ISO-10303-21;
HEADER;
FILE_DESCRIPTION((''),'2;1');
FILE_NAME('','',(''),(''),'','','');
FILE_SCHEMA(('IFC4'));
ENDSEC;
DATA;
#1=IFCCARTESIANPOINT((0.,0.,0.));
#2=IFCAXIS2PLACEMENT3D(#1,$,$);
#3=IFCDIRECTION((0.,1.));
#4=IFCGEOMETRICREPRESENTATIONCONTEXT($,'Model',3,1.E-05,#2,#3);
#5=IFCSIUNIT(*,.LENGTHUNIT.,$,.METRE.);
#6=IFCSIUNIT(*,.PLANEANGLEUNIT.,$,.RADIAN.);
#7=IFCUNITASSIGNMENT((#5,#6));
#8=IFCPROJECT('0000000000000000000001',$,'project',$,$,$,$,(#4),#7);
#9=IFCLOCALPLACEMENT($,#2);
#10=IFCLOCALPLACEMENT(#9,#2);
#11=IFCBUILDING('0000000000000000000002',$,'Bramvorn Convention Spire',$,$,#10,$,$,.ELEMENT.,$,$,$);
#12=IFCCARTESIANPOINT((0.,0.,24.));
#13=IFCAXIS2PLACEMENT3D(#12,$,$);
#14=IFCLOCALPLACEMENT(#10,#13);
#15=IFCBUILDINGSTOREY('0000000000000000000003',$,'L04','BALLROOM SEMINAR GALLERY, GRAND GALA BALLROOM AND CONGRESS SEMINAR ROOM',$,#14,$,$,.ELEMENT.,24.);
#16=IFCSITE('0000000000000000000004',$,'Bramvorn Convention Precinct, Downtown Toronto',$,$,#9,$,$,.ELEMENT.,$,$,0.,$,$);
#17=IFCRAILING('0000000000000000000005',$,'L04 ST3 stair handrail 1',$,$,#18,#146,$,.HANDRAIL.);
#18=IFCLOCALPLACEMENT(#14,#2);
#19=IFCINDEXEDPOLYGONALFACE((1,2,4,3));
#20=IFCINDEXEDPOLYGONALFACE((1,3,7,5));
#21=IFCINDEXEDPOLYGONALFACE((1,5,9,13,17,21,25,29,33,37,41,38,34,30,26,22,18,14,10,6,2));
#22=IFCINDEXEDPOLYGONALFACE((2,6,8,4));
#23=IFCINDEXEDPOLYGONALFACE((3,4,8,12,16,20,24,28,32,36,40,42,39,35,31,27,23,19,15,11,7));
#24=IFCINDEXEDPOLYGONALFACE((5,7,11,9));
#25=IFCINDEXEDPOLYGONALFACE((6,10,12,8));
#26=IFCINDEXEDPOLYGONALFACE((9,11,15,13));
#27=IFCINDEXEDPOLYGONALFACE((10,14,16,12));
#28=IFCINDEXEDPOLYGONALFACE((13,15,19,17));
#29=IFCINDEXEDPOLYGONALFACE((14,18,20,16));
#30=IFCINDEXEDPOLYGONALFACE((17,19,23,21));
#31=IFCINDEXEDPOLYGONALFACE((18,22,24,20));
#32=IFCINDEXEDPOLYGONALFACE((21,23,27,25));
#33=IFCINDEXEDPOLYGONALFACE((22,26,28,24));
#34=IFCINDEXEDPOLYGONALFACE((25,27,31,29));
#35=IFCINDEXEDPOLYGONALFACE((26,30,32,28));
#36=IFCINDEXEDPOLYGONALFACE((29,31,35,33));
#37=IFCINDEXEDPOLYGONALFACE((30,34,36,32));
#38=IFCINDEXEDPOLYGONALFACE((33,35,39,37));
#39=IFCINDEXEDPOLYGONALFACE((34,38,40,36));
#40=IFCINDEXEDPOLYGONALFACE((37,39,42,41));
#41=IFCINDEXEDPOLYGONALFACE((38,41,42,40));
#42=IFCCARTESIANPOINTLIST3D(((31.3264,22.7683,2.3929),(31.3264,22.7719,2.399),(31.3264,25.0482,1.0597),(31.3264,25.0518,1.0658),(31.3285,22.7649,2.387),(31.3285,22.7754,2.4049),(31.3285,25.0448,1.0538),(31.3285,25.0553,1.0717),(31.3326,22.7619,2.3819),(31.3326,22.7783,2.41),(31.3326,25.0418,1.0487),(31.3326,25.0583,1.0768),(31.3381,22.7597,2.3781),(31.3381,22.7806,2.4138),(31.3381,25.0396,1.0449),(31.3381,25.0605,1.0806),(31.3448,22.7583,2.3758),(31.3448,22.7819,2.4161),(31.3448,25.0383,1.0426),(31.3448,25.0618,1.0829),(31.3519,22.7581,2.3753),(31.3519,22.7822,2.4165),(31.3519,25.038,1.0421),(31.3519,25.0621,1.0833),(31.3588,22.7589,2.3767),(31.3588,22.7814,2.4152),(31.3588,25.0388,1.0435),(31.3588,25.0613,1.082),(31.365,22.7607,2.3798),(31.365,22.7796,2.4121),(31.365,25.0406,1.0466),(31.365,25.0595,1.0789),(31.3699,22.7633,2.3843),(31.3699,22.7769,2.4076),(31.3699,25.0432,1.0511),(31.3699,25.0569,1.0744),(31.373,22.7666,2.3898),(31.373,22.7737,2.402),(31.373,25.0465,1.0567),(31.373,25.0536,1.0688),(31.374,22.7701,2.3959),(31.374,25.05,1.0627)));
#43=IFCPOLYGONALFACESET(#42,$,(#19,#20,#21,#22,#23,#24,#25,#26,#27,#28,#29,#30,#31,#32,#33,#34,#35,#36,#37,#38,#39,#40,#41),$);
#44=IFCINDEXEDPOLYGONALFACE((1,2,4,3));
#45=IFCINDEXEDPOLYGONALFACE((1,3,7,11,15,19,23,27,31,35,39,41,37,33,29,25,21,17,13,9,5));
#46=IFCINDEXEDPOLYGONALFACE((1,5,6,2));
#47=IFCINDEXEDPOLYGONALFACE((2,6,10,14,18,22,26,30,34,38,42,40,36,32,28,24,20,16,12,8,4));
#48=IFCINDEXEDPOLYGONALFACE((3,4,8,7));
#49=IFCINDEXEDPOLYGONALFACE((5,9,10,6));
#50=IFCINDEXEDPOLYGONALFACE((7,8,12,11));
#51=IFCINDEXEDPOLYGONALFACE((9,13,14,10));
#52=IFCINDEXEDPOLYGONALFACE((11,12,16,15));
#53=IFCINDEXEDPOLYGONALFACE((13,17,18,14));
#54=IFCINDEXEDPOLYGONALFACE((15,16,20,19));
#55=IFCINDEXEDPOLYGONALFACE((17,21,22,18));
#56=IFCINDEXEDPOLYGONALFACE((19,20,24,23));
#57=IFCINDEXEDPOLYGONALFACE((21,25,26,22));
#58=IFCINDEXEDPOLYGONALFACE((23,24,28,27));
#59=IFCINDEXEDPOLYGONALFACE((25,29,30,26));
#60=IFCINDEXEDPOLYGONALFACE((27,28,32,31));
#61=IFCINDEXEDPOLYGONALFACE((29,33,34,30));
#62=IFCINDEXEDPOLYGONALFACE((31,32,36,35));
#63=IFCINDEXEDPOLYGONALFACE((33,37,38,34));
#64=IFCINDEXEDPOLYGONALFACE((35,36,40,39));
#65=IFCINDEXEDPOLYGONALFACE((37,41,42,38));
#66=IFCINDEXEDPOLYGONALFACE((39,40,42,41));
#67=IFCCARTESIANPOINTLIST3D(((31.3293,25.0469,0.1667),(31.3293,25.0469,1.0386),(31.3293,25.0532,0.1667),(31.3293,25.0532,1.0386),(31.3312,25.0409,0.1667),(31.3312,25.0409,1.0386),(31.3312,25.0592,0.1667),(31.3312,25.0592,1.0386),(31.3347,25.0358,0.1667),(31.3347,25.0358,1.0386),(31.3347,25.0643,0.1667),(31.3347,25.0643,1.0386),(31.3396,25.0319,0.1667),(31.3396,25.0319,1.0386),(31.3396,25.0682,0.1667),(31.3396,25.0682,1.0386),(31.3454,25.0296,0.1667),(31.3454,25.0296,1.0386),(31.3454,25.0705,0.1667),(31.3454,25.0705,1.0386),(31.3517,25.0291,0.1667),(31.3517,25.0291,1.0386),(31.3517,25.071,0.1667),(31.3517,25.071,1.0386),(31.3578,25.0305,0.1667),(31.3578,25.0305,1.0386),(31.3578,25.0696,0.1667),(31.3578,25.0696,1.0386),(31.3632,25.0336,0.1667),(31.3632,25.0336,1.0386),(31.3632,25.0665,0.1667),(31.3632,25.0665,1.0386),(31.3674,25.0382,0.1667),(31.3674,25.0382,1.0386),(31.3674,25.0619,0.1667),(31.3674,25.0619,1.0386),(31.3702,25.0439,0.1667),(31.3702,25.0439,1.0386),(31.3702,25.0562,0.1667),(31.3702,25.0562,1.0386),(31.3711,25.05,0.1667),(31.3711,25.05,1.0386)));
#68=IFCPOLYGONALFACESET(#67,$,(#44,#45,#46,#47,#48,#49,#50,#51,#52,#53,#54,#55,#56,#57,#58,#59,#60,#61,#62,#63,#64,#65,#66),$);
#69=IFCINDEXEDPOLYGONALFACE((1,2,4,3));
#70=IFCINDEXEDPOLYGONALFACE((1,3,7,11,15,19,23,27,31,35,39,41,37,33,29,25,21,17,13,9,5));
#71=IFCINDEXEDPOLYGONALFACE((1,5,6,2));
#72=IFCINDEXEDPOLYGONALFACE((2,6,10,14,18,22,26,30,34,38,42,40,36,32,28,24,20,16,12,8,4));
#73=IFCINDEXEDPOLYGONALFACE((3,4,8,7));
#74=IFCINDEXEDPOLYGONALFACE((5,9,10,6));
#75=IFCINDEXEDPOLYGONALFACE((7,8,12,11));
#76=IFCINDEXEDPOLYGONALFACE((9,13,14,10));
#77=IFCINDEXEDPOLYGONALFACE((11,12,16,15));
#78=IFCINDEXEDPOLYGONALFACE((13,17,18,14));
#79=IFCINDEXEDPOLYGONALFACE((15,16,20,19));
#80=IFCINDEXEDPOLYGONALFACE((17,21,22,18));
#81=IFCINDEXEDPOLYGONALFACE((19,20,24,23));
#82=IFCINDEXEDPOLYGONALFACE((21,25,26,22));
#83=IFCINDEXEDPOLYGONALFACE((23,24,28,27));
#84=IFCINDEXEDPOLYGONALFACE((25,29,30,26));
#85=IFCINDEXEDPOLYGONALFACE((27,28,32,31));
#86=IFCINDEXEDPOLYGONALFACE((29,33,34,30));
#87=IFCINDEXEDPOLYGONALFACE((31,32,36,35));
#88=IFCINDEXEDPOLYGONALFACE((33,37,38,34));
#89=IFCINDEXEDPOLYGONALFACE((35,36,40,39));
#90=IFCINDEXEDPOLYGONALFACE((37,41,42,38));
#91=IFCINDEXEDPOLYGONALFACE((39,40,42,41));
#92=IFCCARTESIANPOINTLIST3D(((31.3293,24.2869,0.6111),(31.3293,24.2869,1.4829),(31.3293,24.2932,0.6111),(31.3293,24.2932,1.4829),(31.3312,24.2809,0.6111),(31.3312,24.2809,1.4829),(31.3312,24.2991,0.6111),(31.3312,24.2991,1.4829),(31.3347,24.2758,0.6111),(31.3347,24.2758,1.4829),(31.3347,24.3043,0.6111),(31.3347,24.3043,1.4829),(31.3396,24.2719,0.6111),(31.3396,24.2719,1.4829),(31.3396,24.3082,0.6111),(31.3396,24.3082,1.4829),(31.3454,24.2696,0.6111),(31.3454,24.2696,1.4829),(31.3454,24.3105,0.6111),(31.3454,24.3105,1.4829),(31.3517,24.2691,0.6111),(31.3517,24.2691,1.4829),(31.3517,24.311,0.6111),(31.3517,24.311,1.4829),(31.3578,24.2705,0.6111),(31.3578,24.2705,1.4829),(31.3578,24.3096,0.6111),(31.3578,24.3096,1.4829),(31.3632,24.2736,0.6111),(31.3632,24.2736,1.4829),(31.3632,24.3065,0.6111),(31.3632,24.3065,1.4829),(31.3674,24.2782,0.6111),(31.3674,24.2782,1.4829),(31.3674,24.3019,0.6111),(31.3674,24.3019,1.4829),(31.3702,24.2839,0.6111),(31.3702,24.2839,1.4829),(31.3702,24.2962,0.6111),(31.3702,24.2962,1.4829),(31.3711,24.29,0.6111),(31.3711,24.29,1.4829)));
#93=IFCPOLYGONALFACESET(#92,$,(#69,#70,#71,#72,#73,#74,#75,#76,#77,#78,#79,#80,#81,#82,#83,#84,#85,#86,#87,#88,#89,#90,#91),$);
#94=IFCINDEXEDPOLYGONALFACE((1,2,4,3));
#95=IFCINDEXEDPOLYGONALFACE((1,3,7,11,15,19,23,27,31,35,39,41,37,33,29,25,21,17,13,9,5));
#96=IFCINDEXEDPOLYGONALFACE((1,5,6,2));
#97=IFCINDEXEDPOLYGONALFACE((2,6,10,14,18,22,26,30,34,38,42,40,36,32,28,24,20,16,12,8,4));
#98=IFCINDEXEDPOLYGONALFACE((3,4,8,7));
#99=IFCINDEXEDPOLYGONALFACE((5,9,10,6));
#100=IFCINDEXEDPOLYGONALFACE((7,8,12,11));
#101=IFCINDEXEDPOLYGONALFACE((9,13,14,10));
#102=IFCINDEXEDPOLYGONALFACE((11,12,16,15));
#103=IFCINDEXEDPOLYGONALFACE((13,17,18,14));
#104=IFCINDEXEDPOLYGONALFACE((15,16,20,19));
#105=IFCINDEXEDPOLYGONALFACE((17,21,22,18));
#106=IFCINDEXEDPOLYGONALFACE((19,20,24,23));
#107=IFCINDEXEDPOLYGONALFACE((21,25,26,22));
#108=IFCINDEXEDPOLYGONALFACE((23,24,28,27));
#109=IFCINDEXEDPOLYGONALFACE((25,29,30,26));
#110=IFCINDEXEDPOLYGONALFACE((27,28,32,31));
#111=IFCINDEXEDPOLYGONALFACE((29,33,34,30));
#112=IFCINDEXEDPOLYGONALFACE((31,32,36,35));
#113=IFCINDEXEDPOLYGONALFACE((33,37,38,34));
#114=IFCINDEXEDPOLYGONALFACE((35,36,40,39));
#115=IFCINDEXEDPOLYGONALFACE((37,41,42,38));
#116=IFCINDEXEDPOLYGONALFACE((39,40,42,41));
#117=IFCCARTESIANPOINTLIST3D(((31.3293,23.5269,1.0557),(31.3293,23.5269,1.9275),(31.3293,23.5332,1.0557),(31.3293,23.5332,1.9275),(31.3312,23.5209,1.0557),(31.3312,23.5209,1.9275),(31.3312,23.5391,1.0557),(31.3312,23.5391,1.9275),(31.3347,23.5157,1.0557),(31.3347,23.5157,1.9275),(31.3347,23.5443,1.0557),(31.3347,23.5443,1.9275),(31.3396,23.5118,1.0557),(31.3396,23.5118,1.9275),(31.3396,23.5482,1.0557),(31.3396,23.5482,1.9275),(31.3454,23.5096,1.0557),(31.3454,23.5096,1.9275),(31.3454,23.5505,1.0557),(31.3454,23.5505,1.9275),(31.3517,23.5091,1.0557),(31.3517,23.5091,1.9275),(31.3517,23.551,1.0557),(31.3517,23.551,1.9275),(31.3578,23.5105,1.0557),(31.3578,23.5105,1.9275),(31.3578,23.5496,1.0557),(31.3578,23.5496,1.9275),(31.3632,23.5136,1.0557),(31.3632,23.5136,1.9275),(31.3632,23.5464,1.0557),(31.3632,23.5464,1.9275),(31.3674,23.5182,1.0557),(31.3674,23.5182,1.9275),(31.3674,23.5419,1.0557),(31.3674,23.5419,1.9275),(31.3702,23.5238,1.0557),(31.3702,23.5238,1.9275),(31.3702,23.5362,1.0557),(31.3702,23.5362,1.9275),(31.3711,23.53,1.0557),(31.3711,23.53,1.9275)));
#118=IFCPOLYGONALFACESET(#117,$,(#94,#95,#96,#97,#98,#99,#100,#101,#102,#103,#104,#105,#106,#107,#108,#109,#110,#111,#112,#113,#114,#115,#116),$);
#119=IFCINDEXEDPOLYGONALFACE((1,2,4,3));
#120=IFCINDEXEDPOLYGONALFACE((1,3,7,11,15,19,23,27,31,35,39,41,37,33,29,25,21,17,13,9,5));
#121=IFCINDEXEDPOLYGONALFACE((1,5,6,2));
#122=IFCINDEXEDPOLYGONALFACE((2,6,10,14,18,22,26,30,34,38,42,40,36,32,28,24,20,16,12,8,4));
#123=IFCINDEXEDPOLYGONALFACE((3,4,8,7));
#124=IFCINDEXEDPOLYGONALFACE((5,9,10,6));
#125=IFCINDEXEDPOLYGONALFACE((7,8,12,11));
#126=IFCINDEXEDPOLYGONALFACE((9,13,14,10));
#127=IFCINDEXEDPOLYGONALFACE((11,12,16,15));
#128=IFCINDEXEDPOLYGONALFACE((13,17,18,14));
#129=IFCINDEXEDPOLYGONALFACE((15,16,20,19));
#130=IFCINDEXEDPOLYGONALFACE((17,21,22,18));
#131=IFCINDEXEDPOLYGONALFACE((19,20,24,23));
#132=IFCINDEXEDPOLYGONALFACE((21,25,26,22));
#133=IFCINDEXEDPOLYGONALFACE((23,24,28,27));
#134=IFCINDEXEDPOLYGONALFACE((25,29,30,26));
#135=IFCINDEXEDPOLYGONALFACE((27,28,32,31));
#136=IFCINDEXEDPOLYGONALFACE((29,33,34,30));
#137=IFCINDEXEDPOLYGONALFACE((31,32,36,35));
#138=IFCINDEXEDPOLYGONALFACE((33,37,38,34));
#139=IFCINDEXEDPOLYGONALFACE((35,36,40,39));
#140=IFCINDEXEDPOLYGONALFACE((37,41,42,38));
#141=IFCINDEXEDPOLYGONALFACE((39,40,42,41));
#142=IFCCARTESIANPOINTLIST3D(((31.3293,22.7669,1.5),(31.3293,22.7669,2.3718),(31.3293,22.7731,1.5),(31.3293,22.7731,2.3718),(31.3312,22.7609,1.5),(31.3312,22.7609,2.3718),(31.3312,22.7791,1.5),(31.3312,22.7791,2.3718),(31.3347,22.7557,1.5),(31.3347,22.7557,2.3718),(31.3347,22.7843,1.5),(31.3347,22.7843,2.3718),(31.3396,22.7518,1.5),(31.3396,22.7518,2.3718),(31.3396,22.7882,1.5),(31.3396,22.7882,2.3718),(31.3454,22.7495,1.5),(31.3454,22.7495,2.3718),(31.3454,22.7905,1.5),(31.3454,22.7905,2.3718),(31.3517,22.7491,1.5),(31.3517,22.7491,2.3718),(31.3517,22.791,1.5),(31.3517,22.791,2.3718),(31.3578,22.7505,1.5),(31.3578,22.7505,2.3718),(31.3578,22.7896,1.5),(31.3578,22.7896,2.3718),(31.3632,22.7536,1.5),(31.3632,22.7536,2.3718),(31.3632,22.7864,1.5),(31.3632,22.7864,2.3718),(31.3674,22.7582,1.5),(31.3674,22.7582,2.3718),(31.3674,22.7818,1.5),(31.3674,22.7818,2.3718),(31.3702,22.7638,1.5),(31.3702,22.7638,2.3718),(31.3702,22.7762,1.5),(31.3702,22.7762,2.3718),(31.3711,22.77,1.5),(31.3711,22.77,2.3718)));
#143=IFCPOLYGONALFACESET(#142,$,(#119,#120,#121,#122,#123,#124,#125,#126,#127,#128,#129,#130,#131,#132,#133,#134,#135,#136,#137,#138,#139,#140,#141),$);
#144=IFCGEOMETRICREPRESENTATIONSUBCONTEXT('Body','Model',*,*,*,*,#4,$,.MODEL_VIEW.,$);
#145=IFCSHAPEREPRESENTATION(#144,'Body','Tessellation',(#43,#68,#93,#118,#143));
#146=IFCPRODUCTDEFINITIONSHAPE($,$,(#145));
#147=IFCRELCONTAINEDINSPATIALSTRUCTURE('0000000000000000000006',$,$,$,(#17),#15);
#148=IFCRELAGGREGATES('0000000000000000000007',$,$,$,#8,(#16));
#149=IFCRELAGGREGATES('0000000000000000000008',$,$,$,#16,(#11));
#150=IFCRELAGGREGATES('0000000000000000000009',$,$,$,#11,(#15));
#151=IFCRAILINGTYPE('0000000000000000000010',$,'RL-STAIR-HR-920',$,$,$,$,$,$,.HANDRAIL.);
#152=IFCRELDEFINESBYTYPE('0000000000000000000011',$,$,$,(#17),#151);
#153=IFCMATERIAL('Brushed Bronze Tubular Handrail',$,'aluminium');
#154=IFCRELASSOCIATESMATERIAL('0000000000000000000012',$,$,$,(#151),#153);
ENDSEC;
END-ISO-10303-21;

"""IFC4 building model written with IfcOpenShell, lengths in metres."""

from ifc_helpers import new_model, si_unit, direction, frame, origin, origin_2d, place, context, subcontext, project, spatial, circle, extrude, material, type_object, element, save


model = new_model("IFC4")

# Units and contexts
model_context = context("Model", 3, precision=1e-05, world=origin(), true_north=direction((0.0, 1.0)))
body_context = subcontext(model_context, "Body", "Model", "MODEL_VIEW")
ifc_project = project(units=[si_unit("LENGTHUNIT", "METRE"), si_unit("PLANEANGLEUNIT", "RADIAN")], contexts=[model_context])

# Site, building, storey
site_placement = place(None, origin())
site = spatial("IfcSite", under=ifc_project, at=site_placement, Name="Bramvorn Convention Precinct, Downtown Toronto", CompositionType="ELEMENT", RefElevation=0.0)
building_placement = place(site_placement, origin())
building = spatial("IfcBuilding", under=site, at=building_placement, Name="Bramvorn Convention Spire", CompositionType="ELEMENT")
storey_placement = place(building_placement, frame((0.0, 0.0, 24.0)))
storey = spatial("IfcBuildingStorey", under=building, at=storey_placement, Name="L04", Description="BALLROOM SEMINAR GALLERY, GRAND GALA BALLROOM AND CONGRESS SEMINAR ROOM", CompositionType="ELEMENT", Elevation=24.0)

# Railing
ifc_material_1 = material(Name="Brushed Bronze Tubular Handrail", Category="aluminium")
railing_type_1 = type_object("IfcRailingType", Name="RL-STAIR-HR-920", PredefinedType="HANDRAIL", material=ifc_material_1)
for number, where, name in (
    (1, (31.3501, 25.05, 0.1667), "L04 ST3 stair handrail 1"),
):
    element("IfcRailing", number, at=place(storey_placement, frame(where)), inside=storey, type_object=railing_type_1, Name=name, PredefinedType="HANDRAIL", context=body_context, shape_type="SweptSolid", body=[
        extrude(circle(Radius=0.0239, at=origin_2d()), frame((0.0, 0.0, 0.896), z_axis=(0.0, -0.863245, 0.504785), x_axis=(1.0, 0.0, 0.0)), (0.0, 0.0, 1.0), 2.6411),
        extrude(circle(Radius=0.021, at=origin_2d()), origin(), (0.0, 0.0, 1.0), 0.8718),
        extrude(circle(Radius=0.021, at=origin_2d()), frame((0.0, -0.76, 0.4443)), (0.0, 0.0, 1.0), 0.8718),
        extrude(circle(Radius=0.021, at=origin_2d()), frame((0.0, -1.52, 0.8889)), (0.0, 0.0, 1.0), 0.8718),
        extrude(circle(Radius=0.021, at=origin_2d()), frame((0.0, -2.28, 1.3333)), (0.0, 0.0, 1.0), 0.8718),
    ])

save(model, "model.ifc")
